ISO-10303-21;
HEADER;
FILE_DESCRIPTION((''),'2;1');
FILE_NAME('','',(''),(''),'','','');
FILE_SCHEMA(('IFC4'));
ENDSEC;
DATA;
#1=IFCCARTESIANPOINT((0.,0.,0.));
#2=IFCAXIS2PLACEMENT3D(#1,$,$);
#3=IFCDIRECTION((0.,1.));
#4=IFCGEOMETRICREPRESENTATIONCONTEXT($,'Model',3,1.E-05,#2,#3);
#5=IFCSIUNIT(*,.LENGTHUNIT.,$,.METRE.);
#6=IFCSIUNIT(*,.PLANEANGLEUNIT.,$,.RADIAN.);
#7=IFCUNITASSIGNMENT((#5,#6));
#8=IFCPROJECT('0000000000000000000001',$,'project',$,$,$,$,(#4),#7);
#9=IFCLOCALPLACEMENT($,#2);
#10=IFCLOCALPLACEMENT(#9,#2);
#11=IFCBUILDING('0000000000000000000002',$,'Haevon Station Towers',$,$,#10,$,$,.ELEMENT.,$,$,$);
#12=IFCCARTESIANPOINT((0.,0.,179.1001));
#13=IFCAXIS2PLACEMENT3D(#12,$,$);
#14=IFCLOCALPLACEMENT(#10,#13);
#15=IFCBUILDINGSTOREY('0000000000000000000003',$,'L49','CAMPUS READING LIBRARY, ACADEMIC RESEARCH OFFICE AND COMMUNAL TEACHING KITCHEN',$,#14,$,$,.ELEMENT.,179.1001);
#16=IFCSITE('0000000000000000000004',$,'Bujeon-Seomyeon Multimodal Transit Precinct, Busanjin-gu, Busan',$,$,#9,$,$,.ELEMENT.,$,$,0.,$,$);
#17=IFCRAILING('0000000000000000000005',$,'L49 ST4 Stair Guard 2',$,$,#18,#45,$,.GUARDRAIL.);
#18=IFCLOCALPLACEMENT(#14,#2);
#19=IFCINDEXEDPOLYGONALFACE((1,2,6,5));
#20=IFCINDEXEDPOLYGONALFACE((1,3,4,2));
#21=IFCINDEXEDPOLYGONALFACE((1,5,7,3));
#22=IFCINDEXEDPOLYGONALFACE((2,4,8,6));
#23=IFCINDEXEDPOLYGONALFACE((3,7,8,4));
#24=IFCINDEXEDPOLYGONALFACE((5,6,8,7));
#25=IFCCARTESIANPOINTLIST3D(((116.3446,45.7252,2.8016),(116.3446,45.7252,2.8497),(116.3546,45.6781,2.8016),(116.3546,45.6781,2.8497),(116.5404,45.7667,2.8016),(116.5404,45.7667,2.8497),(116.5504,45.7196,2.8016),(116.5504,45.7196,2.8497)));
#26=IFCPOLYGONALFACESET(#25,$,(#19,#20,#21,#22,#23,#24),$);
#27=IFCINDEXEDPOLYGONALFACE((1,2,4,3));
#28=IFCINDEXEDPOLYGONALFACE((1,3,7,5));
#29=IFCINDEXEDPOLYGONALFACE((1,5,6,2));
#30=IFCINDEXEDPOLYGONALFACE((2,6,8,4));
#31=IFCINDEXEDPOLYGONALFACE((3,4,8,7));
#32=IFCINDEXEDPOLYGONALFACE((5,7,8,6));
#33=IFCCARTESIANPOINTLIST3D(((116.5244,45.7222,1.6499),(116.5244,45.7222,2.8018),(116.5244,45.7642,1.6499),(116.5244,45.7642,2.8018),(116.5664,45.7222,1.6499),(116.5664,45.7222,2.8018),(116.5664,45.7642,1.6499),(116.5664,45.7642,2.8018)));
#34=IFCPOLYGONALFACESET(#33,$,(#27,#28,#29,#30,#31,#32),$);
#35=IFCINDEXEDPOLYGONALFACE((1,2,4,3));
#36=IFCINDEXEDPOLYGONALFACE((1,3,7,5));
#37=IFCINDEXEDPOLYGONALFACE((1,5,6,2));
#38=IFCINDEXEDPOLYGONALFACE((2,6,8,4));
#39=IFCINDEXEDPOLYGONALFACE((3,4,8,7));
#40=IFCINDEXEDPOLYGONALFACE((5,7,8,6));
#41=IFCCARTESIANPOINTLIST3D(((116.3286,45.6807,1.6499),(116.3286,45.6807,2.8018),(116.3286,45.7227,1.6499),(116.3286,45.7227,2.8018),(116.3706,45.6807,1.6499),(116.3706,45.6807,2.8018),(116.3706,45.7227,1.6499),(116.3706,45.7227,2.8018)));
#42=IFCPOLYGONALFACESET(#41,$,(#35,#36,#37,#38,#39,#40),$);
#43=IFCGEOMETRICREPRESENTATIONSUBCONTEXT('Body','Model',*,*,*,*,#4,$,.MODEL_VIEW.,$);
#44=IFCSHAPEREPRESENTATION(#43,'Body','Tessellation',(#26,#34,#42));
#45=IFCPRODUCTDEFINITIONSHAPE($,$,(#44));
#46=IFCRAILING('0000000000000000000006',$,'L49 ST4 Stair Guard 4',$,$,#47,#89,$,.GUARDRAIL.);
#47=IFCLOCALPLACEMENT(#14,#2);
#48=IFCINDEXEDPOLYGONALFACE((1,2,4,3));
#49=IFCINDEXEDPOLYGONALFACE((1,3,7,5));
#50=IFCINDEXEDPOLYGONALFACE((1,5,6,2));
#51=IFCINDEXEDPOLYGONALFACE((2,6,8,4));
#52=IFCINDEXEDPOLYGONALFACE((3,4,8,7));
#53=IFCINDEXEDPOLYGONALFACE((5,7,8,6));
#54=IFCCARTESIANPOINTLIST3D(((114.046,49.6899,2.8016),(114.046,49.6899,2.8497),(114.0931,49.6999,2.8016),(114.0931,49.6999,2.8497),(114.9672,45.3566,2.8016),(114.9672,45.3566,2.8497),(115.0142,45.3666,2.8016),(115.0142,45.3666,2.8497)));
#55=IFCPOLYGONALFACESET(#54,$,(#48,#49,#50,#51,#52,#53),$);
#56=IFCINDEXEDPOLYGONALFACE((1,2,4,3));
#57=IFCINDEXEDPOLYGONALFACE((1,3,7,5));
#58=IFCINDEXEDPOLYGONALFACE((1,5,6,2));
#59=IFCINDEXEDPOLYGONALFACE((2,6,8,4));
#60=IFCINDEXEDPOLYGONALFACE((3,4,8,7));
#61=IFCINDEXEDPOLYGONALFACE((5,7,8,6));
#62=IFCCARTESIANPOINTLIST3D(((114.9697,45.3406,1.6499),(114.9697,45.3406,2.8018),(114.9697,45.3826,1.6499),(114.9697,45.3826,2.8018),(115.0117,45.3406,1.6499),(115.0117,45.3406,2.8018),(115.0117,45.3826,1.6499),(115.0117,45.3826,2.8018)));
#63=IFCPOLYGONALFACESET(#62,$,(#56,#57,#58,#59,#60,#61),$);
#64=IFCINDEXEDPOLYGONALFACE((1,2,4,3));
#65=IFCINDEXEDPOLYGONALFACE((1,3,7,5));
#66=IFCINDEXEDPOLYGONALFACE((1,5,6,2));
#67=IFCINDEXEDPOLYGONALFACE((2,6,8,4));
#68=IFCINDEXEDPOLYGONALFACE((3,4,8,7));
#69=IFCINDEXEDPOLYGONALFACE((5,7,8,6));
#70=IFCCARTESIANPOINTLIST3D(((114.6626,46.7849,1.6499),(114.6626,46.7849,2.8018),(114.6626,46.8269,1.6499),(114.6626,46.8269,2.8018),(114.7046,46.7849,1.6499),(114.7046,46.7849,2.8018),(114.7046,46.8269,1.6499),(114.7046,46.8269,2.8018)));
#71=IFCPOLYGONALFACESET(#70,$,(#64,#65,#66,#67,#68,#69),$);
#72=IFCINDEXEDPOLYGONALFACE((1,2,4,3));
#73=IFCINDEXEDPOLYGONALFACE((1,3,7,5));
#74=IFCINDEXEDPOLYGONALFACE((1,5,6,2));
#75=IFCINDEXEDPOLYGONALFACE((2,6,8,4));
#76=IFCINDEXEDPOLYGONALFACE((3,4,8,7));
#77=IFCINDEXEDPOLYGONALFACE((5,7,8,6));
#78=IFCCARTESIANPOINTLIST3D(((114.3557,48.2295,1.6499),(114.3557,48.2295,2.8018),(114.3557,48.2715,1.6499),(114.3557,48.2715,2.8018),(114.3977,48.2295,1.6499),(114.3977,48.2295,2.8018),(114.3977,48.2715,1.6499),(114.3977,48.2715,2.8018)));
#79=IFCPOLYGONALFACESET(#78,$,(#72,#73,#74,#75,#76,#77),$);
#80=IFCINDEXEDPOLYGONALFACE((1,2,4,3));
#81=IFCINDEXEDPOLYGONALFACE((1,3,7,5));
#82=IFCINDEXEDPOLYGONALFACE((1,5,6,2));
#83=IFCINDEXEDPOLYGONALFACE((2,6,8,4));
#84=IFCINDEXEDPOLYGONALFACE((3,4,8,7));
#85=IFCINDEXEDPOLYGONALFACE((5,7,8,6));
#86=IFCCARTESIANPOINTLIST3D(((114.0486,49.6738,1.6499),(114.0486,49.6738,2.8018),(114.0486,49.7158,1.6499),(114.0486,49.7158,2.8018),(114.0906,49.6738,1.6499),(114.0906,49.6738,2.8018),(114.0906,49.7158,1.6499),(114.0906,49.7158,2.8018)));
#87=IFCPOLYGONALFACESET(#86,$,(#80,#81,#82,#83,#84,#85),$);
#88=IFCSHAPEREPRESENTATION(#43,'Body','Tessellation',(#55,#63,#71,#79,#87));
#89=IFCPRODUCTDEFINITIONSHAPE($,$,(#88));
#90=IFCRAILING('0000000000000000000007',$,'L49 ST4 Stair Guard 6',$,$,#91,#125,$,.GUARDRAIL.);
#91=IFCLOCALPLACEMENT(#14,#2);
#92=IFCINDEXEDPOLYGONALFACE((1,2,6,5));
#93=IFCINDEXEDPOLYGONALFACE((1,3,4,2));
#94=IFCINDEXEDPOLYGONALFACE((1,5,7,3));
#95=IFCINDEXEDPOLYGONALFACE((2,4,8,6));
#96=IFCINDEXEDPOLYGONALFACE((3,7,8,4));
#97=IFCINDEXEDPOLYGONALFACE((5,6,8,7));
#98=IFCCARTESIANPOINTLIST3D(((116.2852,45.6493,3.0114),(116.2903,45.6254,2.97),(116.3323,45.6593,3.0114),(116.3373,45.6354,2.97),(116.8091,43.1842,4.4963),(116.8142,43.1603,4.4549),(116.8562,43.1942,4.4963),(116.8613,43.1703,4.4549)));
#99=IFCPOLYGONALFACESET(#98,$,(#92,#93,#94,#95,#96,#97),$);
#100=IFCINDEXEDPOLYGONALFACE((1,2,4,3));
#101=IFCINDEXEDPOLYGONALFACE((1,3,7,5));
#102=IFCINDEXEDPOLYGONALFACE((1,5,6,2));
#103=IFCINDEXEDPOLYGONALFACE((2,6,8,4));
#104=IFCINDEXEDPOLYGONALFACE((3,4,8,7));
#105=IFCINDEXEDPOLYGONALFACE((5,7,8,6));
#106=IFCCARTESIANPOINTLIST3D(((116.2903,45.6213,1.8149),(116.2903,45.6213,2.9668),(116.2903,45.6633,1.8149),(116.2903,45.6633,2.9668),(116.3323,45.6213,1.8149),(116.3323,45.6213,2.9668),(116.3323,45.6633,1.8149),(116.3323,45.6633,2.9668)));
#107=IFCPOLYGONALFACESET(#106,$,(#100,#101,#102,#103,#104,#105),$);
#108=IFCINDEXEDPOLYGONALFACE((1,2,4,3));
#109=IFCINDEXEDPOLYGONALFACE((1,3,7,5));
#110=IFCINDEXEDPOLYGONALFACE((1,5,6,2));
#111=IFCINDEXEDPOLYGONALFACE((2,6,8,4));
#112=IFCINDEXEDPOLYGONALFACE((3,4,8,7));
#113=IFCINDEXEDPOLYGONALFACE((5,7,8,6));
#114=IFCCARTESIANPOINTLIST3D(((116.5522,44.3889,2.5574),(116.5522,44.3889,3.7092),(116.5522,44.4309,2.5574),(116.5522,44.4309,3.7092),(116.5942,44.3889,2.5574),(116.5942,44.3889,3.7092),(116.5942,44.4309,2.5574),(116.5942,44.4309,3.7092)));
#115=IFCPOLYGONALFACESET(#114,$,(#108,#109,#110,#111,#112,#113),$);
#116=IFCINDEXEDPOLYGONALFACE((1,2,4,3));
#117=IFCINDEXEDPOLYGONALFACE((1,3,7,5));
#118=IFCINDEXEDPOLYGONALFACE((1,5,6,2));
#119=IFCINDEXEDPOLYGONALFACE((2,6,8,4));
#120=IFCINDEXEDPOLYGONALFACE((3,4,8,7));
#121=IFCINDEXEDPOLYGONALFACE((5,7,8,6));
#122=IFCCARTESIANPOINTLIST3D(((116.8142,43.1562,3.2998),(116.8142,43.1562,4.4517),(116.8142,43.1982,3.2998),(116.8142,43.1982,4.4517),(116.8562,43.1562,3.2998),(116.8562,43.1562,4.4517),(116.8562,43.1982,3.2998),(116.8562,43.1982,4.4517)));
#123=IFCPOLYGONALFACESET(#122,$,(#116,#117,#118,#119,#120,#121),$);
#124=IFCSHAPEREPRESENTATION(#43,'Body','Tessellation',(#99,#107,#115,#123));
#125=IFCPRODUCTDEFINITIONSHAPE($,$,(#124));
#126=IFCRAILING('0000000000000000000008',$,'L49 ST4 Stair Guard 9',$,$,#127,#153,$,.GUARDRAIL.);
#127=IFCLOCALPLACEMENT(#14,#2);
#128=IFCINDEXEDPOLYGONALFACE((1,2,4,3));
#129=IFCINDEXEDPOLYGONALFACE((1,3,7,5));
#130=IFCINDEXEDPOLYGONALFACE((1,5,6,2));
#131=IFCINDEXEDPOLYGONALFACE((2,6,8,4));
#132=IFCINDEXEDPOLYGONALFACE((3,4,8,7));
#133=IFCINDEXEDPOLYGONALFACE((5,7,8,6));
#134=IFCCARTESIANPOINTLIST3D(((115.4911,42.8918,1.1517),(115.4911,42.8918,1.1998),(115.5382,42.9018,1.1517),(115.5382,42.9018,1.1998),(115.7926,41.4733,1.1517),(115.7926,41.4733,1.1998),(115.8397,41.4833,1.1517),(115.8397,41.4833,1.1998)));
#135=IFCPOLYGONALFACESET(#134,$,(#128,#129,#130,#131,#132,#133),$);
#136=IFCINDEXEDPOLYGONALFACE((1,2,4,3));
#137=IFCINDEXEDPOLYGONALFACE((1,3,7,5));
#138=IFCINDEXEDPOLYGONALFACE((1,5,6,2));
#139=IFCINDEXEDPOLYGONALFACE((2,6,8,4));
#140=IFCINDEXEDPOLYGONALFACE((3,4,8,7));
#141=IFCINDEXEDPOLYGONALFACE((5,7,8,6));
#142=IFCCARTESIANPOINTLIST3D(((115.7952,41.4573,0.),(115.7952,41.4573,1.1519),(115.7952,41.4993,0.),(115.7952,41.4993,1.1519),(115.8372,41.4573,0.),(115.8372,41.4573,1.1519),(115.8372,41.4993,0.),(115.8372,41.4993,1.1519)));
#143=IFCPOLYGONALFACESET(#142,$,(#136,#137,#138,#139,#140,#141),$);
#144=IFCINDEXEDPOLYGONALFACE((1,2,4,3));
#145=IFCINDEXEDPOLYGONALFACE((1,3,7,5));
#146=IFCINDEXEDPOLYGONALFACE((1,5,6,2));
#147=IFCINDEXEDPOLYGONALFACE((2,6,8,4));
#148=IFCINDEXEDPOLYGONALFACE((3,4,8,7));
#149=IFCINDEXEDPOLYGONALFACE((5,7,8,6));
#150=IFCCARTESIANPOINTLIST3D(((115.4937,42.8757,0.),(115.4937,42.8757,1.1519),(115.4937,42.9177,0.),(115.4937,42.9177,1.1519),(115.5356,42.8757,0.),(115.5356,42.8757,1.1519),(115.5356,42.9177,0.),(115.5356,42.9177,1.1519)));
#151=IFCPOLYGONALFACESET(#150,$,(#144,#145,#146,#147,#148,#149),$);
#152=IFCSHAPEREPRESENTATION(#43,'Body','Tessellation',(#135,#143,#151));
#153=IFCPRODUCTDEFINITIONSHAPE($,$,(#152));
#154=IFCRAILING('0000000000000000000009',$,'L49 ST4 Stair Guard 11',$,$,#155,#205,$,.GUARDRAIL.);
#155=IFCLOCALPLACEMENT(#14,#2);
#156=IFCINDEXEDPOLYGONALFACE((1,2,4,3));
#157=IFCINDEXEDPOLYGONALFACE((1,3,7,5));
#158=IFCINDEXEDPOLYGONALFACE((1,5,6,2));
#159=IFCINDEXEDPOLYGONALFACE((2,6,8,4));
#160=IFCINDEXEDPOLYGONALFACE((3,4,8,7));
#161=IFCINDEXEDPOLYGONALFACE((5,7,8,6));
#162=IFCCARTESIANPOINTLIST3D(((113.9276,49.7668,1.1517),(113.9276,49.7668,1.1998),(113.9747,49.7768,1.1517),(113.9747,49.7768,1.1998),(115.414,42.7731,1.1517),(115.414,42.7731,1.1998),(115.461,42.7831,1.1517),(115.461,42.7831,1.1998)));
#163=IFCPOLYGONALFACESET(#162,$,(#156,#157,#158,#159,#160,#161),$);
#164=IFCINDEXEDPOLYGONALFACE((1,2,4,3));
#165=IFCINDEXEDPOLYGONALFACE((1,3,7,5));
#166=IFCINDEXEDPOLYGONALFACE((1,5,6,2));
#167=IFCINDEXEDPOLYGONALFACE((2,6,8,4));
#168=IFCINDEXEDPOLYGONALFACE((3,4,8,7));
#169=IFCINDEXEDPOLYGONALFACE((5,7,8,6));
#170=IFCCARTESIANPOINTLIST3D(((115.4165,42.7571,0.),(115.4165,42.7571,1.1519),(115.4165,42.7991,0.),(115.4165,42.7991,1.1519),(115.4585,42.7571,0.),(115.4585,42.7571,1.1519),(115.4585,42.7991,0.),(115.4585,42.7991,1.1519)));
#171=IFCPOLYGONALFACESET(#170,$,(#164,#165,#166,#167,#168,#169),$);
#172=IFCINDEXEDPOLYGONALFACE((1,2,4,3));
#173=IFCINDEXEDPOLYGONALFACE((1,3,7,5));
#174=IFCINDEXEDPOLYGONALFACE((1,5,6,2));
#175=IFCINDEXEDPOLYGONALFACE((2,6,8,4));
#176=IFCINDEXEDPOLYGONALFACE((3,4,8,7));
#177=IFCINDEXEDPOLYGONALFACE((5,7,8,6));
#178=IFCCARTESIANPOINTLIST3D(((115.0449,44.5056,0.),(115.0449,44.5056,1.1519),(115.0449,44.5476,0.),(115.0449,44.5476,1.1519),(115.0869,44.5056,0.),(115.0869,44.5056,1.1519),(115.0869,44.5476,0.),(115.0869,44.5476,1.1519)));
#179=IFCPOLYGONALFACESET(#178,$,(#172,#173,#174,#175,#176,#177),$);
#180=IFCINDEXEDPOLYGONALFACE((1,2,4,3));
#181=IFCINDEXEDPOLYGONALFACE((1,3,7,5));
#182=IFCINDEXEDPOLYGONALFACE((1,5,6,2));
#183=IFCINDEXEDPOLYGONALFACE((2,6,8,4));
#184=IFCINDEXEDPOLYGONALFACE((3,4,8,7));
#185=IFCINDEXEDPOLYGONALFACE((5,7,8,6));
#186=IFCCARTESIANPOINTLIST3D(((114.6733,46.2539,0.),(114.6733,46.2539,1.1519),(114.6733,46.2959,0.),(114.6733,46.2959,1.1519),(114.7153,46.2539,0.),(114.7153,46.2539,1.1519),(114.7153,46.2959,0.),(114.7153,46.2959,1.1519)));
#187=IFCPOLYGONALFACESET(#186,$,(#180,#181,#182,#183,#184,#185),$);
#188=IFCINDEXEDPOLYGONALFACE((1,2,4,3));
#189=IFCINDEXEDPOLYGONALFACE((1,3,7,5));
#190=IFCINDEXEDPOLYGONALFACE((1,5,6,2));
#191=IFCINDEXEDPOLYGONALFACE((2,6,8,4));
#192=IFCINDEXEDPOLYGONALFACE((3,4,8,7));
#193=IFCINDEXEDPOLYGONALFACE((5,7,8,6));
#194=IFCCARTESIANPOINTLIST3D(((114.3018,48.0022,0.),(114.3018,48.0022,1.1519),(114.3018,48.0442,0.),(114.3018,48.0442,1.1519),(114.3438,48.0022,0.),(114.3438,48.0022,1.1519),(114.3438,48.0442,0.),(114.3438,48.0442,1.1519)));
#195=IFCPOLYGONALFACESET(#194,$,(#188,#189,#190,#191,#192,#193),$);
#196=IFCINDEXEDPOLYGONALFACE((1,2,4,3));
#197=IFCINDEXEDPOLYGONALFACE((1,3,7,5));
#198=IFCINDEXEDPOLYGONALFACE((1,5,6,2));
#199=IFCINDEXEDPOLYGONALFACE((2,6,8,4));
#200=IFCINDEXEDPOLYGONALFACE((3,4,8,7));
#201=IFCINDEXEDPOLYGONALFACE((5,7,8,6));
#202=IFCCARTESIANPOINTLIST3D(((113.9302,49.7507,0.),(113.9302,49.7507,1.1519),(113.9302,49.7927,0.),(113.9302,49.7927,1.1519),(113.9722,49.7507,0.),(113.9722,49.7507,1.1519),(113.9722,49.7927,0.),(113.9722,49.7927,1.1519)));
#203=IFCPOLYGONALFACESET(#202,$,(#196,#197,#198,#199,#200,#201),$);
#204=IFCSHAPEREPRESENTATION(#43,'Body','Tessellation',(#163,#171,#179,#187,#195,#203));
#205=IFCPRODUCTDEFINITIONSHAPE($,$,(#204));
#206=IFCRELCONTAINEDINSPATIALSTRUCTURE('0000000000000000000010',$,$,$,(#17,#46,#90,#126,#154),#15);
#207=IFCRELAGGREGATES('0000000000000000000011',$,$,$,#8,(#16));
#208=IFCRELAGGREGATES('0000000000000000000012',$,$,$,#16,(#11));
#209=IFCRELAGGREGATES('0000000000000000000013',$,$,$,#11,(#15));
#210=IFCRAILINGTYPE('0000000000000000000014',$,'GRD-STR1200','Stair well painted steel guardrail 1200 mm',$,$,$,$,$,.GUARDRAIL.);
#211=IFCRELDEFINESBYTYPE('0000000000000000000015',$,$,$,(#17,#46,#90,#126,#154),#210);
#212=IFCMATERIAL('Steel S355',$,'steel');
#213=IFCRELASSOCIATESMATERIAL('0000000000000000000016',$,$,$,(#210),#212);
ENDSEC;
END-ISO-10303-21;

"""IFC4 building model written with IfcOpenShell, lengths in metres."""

from ifc_helpers import new_model, si_unit, direction, frame, origin, origin_2d, place, context, subcontext, project, spatial, rectangle, extrude, material, type_object, element, save


model = new_model("IFC4")

# Units and contexts
model_context = context("Model", 3, precision=1e-05, world=origin(), true_north=direction((0.0, 1.0)))
body_context = subcontext(model_context, "Body", "Model", "MODEL_VIEW")
ifc_project = project(units=[si_unit("LENGTHUNIT", "METRE"), si_unit("PLANEANGLEUNIT", "RADIAN")], contexts=[model_context])

# Site, building, storey
site_placement = place(None, origin())
site = spatial("IfcSite", under=ifc_project, at=site_placement, Name="Bujeon-Seomyeon Multimodal Transit Precinct, Busanjin-gu, Busan", CompositionType="ELEMENT", RefElevation=0.0)
building_placement = place(site_placement, origin())
building = spatial("IfcBuilding", under=site, at=building_placement, Name="Haevon Station Towers", CompositionType="ELEMENT")
storey_placement = place(building_placement, frame((0.0, 0.0, 179.1001)))
storey = spatial("IfcBuildingStorey", under=building, at=storey_placement, Name="L49", Description="CAMPUS READING LIBRARY, ACADEMIC RESEARCH OFFICE AND COMMUNAL TEACHING KITCHEN", CompositionType="ELEMENT", Elevation=179.1001)

# Shared definitions
ifc_material_1 = material(Name="Steel S355", Category="steel")

# Railings
railing_type_1 = type_object("IfcRailingType", Name="GRD-STR1200", Description="Stair well painted steel guardrail 1200 mm", PredefinedType="GUARDRAIL", material=ifc_material_1)
railing_1_placement = place(storey_placement, frame((116.5454, 45.7432, 1.6499)))
element("IfcRailing", 1, at=railing_1_placement, inside=storey, type_object=railing_type_1, Name="L49 ST4 Stair Guard 2", PredefinedType="GUARDRAIL", context=body_context, shape_type="SweptSolid", body=[
    extrude(rectangle(XDim=0.0481, YDim=0.0481, at=origin_2d()), frame((0.0, 0.0, 1.1758), z_axis=(-0.978264, -0.207363, 0.0), x_axis=(0.207363, -0.978264, 0.0)), (0.0, 0.0, 1.0), 0.2002),
    extrude(rectangle(XDim=0.042, YDim=0.042, at=origin_2d()), origin(), (0.0, 0.0, 1.0), 1.1519),
    extrude(rectangle(XDim=0.042, YDim=0.042, at=origin_2d()), frame((-0.1958, -0.0415, 0.0)), (0.0, 0.0, 1.0), 1.1519),
])
railing_2_placement = place(storey_placement, frame((114.9907, 45.3616, 1.6499)))
element("IfcRailing", 2, at=railing_2_placement, inside=storey, type_object=railing_type_1, Name="L49 ST4 Stair Guard 4", PredefinedType="GUARDRAIL", context=body_context, shape_type="SweptSolid", body=[
    extrude(rectangle(XDim=0.0481, YDim=0.0481, at=origin_2d()), frame((0.0, 0.0, 1.1758), z_axis=(-0.207929, 0.978144, 0.0), x_axis=(-0.978144, -0.207929, 0.0)), (0.0, 0.0, 1.0), 4.4302),
    extrude(rectangle(XDim=0.042, YDim=0.042, at=origin_2d()), origin(), (0.0, 0.0, 1.0), 1.1519),
    extrude(rectangle(XDim=0.042, YDim=0.042, at=origin_2d()), frame((-0.3071, 1.4443, 0.0)), (0.0, 0.0, 1.0), 1.1519),
    extrude(rectangle(XDim=0.042, YDim=0.042, at=origin_2d()), frame((-0.614, 2.8889, 0.0)), (0.0, 0.0, 1.0), 1.1519),
    extrude(rectangle(XDim=0.042, YDim=0.042, at=origin_2d()), frame((-0.9211, 4.3333, 0.0)), (0.0, 0.0, 1.0), 1.1519),
])
railing_3_placement = place(storey_placement, frame((116.3113, 45.6423, 1.8149)))
element("IfcRailing", 3, at=railing_3_placement, inside=storey, type_object=railing_type_1, Name="L49 ST4 Stair Guard 6", PredefinedType="GUARDRAIL", context=body_context, shape_type="SweptSolid", body=[
    extrude(rectangle(XDim=0.0481, YDim=0.0481, at=origin_2d()), frame((0.0, 0.0, 1.1758), z_axis=(0.179116, -0.842748, 0.507635), x_axis=(0.978151, 0.207895, 0.0)), (0.0, 0.0, 1.0), 2.925),
    extrude(rectangle(XDim=0.042, YDim=0.042, at=origin_2d()), origin(), (0.0, 0.0, 1.0), 1.1519),
    extrude(rectangle(XDim=0.042, YDim=0.042, at=origin_2d()), frame((0.262, -1.2324, 0.7424)), (0.0, 0.0, 1.0), 1.1519),
    extrude(rectangle(XDim=0.042, YDim=0.042, at=origin_2d()), frame((0.5239, -2.4651, 1.4849)), (0.0, 0.0, 1.0), 1.1519),
])
railing_4_placement = place(storey_placement, frame((115.8162, 41.4783, 0.0)))
element("IfcRailing", 4, at=railing_4_placement, inside=storey, type_object=railing_type_1, Name="L49 ST4 Stair Guard 9", PredefinedType="GUARDRAIL", context=body_context, shape_type="SweptSolid", body=[
    extrude(rectangle(XDim=0.0481, YDim=0.0481, at=origin_2d()), frame((0.0, 0.0, 1.1758), z_axis=(-0.207919, 0.978146, 0.0), x_axis=(-0.978146, -0.207919, 0.0)), (0.0, 0.0, 1.0), 1.4502),
    extrude(rectangle(XDim=0.042, YDim=0.042, at=origin_2d()), origin(), (0.0, 0.0, 1.0), 1.1519),
    extrude(rectangle(XDim=0.042, YDim=0.042, at=origin_2d()), frame((-0.3015, 1.4185, 0.0)), (0.0, 0.0, 1.0), 1.1519),
])
railing_5_placement = place(storey_placement, frame((115.4375, 42.7781, 0.0)))
element("IfcRailing", 5, at=railing_5_placement, inside=storey, type_object=railing_type_1, Name="L49 ST4 Stair Guard 11", PredefinedType="GUARDRAIL", context=body_context, shape_type="SweptSolid", body=[
    extrude(rectangle(XDim=0.0481, YDim=0.0481, at=origin_2d()), frame((0.0, 0.0, 1.1758), z_axis=(-0.207882, 0.978154, 0.0), x_axis=(-0.978154, -0.207882, 0.0)), (0.0, 0.0, 1.0), 7.1499),
    extrude(rectangle(XDim=0.042, YDim=0.042, at=origin_2d()), origin(), (0.0, 0.0, 1.0), 1.1519),
    extrude(rectangle(XDim=0.042, YDim=0.042, at=origin_2d()), frame((-0.3716, 1.7485, 0.0)), (0.0, 0.0, 1.0), 1.1519),
    extrude(rectangle(XDim=0.042, YDim=0.042, at=origin_2d()), frame((-0.7432, 3.4968, 0.0)), (0.0, 0.0, 1.0), 1.1519),
    extrude(rectangle(XDim=0.042, YDim=0.042, at=origin_2d()), frame((-1.1147, 5.2451, 0.0)), (0.0, 0.0, 1.0), 1.1519),
    extrude(rectangle(XDim=0.042, YDim=0.042, at=origin_2d()), frame((-1.4863, 6.9937, 0.0)), (0.0, 0.0, 1.0), 1.1519),
])

save(model, "model.ifc")
